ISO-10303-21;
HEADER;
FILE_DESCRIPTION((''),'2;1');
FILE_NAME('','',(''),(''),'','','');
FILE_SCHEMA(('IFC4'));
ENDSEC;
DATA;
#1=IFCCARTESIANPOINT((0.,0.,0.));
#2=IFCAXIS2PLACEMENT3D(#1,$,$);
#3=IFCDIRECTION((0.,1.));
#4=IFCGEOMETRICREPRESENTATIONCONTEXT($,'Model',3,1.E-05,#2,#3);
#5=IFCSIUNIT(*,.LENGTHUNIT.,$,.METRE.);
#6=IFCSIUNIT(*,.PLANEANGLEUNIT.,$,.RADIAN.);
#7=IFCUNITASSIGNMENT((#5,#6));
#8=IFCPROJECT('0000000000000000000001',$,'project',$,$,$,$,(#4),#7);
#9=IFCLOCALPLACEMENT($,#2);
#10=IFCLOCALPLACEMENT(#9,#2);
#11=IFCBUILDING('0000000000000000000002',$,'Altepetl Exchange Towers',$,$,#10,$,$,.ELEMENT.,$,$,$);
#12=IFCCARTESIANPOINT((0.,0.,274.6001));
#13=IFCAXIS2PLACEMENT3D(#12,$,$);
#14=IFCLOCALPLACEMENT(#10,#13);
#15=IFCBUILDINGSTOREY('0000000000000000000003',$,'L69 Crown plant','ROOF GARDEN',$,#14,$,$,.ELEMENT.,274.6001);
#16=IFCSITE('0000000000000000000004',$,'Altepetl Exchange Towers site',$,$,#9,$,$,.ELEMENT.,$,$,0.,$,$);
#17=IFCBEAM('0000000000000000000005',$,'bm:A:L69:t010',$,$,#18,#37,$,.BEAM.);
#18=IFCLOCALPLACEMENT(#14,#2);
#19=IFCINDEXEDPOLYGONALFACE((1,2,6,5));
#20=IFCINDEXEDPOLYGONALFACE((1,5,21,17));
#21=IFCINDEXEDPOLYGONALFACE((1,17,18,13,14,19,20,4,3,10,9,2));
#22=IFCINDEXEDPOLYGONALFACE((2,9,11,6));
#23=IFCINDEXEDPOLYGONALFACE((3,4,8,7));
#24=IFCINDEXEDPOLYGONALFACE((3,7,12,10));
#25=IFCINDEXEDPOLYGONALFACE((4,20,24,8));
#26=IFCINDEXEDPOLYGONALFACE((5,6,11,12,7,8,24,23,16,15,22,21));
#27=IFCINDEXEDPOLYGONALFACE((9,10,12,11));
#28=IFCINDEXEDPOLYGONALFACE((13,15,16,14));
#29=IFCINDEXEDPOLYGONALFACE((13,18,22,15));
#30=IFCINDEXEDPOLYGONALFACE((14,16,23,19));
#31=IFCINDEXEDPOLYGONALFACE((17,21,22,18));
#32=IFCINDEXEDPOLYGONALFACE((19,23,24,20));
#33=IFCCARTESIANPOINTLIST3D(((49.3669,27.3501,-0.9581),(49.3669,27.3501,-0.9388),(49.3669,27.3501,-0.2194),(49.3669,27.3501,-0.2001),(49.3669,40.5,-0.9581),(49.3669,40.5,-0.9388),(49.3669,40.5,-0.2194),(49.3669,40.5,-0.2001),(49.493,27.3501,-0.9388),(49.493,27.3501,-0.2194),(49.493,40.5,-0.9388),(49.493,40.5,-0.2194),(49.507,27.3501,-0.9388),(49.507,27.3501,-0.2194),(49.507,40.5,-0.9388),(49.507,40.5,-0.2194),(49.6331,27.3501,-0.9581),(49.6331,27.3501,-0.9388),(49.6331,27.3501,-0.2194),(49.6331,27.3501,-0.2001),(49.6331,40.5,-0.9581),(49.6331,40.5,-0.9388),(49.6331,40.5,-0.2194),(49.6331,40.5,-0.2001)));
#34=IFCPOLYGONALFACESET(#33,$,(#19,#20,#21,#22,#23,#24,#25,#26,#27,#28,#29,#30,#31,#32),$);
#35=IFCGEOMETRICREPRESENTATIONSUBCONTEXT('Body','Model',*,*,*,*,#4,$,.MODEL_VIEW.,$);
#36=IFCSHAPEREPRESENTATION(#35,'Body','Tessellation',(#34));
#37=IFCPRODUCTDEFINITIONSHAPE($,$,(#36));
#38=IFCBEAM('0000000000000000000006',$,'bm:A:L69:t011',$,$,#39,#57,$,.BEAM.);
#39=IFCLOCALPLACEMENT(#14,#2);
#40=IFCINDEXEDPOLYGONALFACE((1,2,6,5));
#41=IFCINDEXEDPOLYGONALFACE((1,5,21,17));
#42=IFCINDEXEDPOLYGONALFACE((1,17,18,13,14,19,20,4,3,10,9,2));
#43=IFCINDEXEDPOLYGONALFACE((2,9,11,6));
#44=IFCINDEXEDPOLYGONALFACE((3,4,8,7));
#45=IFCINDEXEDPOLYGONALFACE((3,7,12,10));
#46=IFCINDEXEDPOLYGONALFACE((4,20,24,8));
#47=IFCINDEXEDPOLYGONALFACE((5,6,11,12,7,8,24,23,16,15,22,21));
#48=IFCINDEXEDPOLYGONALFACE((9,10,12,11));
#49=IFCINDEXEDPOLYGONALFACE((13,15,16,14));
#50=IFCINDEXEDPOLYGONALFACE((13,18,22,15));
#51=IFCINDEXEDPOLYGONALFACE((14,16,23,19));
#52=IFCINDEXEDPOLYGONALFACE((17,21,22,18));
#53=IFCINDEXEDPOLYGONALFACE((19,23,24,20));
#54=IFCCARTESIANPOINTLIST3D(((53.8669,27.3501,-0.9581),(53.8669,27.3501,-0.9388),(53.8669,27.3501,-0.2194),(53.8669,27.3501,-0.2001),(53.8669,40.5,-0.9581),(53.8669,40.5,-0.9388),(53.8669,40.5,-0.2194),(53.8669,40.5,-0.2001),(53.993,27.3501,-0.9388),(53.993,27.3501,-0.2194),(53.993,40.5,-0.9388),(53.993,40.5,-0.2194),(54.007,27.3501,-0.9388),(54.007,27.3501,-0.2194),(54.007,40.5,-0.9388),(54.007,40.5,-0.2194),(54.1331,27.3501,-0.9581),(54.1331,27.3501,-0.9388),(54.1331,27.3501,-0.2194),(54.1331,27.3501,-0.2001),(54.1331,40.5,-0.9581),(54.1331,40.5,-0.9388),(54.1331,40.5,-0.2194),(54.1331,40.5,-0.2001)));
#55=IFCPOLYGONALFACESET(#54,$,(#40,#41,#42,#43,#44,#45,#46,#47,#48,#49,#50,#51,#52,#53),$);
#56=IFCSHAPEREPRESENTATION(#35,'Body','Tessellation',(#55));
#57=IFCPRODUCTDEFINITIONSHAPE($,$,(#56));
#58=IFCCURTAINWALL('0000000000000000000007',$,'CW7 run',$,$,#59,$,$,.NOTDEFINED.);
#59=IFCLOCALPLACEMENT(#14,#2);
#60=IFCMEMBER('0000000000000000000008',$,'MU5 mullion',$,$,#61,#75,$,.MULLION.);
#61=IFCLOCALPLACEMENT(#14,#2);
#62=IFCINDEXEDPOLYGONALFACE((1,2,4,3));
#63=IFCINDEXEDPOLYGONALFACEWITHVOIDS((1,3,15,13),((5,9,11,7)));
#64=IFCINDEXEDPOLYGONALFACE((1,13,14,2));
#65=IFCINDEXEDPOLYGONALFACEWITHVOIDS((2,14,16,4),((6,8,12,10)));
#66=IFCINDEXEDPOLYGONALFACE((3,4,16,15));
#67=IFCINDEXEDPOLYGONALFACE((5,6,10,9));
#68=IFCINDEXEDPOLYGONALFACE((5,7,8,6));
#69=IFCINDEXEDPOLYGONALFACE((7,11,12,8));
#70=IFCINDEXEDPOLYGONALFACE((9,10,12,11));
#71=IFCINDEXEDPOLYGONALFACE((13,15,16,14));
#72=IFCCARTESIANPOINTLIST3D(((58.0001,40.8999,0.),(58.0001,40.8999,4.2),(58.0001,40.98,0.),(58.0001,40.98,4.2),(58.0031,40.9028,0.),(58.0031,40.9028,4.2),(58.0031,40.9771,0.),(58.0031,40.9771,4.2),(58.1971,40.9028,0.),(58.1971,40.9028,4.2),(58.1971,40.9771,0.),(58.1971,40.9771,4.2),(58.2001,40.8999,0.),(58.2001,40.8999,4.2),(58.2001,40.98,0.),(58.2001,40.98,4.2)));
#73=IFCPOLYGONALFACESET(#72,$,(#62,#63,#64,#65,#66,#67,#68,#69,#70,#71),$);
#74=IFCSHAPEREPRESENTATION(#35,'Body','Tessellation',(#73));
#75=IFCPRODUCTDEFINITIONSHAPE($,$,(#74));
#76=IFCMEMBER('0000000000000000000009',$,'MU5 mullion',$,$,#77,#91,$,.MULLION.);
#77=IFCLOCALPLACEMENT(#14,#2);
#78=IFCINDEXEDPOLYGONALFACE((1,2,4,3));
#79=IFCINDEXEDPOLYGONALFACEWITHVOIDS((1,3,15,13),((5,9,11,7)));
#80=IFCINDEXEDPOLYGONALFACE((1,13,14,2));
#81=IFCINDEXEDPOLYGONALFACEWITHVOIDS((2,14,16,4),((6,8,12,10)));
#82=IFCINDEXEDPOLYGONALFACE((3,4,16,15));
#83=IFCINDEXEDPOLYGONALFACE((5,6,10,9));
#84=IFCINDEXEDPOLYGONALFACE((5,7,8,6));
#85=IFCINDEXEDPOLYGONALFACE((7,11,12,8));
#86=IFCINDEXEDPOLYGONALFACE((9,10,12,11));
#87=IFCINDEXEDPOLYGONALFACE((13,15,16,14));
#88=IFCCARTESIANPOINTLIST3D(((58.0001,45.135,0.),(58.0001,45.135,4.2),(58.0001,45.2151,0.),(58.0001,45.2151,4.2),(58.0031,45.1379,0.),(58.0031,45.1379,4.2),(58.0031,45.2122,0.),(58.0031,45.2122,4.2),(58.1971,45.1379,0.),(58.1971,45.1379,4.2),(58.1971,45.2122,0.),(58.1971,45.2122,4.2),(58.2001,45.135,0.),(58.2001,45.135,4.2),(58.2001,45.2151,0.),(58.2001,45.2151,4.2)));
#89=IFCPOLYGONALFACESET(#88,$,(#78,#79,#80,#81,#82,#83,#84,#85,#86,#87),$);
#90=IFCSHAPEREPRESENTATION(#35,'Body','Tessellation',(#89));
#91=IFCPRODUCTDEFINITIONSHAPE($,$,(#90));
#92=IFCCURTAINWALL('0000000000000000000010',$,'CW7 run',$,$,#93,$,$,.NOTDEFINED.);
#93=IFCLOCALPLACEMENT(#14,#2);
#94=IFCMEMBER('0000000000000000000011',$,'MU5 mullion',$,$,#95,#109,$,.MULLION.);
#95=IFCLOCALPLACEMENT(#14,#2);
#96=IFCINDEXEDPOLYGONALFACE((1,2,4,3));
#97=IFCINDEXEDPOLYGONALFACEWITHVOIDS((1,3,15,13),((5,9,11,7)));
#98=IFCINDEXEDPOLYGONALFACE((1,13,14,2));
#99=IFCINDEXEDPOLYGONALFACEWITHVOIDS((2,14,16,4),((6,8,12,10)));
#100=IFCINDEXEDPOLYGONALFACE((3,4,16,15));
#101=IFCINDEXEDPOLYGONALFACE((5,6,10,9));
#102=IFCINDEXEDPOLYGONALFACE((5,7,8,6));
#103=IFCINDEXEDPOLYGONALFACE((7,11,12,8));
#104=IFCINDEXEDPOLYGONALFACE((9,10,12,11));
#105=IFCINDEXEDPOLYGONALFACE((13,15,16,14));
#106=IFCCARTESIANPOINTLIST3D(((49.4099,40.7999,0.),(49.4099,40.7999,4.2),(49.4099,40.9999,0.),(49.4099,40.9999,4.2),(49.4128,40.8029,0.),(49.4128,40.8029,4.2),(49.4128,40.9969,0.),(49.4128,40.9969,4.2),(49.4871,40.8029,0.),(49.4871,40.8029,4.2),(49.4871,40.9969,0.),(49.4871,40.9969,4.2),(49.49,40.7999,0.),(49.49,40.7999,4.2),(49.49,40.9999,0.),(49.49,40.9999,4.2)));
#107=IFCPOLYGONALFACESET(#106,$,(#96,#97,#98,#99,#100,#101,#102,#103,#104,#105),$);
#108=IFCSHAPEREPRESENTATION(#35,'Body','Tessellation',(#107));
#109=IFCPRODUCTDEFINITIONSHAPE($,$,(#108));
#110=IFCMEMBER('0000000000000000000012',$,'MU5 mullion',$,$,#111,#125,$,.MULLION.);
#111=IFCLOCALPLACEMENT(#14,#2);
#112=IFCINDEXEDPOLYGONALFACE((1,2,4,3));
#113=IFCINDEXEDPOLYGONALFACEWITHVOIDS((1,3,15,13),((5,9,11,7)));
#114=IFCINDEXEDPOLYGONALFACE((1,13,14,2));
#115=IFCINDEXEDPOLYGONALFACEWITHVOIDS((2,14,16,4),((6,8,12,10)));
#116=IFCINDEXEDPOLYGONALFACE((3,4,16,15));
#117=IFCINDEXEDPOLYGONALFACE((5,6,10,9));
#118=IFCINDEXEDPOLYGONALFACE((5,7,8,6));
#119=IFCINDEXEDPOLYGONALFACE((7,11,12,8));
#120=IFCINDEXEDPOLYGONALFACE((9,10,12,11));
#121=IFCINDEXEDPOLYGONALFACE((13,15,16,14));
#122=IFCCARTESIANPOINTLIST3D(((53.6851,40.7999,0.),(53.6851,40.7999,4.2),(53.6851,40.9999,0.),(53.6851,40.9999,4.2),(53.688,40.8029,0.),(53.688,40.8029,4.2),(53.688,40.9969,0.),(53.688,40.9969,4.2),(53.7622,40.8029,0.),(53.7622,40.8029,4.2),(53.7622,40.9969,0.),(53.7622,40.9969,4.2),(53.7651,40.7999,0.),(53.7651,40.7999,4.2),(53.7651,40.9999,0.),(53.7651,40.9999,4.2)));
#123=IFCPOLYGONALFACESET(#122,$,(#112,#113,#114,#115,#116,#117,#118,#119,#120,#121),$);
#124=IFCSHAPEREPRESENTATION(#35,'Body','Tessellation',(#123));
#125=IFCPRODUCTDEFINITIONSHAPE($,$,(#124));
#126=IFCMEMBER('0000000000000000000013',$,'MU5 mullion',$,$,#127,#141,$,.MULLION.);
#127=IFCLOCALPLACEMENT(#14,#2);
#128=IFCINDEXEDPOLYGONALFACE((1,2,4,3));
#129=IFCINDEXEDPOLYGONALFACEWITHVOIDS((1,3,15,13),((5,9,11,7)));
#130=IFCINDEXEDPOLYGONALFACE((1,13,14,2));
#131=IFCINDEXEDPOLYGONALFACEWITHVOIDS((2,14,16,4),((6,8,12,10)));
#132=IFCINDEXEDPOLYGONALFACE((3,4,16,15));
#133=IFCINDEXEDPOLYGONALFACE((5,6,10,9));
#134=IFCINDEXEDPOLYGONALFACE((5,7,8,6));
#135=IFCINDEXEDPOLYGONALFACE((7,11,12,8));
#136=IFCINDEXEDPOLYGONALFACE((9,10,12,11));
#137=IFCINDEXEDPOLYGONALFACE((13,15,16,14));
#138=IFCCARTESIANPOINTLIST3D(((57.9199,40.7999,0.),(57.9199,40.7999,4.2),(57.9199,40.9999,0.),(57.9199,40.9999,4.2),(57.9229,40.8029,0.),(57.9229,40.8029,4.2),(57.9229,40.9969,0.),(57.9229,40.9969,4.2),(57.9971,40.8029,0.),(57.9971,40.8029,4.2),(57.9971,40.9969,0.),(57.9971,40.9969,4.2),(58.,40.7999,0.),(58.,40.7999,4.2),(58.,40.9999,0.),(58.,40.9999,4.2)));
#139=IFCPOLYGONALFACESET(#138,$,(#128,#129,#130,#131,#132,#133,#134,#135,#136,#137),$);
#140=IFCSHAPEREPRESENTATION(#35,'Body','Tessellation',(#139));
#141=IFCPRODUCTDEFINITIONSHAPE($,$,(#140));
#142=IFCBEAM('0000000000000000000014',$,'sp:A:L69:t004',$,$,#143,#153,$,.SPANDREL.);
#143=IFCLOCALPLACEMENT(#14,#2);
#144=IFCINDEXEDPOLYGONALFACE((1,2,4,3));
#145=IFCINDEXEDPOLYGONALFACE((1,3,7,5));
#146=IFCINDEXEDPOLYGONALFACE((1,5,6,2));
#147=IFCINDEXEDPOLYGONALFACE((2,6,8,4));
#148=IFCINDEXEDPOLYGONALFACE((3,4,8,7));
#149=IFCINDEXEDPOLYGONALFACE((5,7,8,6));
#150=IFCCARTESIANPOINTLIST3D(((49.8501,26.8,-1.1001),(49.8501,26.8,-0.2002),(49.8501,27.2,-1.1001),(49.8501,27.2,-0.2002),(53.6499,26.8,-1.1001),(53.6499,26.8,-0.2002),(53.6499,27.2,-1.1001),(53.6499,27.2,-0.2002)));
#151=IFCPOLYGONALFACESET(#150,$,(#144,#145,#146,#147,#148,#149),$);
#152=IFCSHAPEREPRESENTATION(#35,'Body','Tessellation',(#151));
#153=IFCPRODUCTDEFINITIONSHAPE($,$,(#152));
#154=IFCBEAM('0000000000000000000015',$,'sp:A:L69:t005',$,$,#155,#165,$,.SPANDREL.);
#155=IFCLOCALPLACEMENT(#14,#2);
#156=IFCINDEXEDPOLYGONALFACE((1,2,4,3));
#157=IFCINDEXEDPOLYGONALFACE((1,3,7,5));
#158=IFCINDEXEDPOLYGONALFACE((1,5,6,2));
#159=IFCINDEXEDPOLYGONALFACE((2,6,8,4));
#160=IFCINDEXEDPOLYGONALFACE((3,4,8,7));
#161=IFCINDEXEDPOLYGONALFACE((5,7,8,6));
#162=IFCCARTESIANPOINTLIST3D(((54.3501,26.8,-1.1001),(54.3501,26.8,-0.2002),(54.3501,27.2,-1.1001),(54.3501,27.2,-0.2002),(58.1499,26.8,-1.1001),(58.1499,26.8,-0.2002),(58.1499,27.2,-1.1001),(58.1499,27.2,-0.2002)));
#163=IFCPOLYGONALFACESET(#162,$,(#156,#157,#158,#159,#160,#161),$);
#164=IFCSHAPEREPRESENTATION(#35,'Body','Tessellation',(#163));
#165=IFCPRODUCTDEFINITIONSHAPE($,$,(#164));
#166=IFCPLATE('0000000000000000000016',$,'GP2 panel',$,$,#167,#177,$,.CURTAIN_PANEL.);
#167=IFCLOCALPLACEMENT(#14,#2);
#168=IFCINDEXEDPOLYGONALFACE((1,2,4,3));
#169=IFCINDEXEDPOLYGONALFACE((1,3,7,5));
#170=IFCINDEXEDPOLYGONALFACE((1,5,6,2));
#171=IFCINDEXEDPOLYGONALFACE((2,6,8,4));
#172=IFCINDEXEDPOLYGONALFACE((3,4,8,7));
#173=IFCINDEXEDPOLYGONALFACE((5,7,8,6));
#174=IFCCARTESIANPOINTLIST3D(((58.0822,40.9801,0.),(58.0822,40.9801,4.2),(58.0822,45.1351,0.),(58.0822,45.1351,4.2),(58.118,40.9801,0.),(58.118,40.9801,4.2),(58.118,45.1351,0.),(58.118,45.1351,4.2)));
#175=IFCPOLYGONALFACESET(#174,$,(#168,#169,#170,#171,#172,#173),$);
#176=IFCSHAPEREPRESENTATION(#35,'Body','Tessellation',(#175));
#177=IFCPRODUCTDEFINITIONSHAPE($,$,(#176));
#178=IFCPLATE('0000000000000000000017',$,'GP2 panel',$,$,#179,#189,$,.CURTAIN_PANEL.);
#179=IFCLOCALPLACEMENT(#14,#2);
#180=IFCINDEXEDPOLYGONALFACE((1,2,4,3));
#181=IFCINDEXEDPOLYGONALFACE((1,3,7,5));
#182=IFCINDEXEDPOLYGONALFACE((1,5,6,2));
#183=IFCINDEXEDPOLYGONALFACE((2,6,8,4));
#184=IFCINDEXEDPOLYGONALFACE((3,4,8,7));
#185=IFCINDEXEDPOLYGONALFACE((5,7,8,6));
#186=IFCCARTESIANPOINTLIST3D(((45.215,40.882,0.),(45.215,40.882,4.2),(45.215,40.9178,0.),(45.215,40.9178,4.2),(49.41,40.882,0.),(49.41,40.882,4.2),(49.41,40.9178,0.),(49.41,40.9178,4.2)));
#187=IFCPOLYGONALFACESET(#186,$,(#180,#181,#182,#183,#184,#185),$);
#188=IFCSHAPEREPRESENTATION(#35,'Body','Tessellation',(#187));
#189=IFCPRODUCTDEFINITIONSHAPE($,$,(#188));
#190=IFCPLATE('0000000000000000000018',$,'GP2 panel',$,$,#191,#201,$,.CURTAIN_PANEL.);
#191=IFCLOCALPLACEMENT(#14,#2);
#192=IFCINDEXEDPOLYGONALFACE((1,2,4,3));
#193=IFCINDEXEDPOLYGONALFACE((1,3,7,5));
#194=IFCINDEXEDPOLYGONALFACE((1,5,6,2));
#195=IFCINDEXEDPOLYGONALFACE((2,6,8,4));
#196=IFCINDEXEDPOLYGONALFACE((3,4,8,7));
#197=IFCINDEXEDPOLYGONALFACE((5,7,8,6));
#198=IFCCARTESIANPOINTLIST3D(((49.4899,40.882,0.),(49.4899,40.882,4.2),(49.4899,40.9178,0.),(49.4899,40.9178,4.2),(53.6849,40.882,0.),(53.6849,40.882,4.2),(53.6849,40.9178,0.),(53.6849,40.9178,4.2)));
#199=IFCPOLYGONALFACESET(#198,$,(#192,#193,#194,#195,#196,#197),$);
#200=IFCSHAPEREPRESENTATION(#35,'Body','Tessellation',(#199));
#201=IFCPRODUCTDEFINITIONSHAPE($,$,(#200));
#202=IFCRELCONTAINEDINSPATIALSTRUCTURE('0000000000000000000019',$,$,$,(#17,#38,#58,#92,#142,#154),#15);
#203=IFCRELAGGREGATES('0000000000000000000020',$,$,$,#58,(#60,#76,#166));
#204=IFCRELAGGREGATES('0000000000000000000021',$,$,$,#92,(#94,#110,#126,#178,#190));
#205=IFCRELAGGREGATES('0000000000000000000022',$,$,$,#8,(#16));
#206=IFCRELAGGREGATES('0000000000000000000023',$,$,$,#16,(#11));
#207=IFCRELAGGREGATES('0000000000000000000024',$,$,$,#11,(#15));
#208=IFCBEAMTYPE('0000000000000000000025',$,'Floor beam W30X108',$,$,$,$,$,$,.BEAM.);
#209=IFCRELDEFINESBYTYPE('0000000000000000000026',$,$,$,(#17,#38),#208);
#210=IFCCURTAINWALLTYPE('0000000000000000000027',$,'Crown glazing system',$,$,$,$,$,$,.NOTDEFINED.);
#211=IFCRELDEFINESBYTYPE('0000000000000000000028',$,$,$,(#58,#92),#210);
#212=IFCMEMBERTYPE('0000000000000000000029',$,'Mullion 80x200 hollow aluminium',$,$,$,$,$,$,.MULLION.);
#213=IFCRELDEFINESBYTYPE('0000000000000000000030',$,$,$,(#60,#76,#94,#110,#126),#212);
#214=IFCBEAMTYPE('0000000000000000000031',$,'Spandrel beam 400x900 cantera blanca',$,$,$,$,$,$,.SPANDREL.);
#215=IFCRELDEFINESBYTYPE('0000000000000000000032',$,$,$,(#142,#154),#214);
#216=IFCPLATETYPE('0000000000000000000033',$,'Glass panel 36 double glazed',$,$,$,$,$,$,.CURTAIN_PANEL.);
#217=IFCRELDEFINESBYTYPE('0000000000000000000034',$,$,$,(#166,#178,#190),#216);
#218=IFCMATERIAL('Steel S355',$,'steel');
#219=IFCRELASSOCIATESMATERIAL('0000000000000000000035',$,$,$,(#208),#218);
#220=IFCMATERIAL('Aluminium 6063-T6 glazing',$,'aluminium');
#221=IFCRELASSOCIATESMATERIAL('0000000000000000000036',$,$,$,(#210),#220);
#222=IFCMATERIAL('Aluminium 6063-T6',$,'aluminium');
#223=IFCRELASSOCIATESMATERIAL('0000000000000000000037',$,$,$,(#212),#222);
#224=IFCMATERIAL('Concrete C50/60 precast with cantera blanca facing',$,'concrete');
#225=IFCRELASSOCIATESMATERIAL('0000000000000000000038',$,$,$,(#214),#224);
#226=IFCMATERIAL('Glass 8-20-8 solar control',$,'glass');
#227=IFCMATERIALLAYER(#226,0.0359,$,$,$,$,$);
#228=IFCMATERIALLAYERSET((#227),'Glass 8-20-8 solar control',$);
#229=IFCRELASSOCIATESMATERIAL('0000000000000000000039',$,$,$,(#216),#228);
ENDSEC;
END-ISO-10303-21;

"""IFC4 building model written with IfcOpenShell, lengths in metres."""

from ifc_helpers import new_model, si_unit, direction, frame, origin, origin_2d, place, context, subcontext, project, spatial, rectangle, hollow_rectangle, i_section, extrude, material, layer, layer_set, material_profile, profile_set, type_object, element, aggregate, save


model = new_model("IFC4")

# Units and contexts
model_context = context("Model", 3, precision=1e-05, world=origin(), true_north=direction((0.0, 1.0)))
body_context = subcontext(model_context, "Body", "Model", "MODEL_VIEW")
ifc_project = project(units=[si_unit("LENGTHUNIT", "METRE"), si_unit("PLANEANGLEUNIT", "RADIAN")], contexts=[model_context])

# Site, building, storey
site_placement = place(None, origin())
site = spatial("IfcSite", under=ifc_project, at=site_placement, Name="Altepetl Exchange Towers site", CompositionType="ELEMENT", RefElevation=0.0)
building_placement = place(site_placement, origin())
building = spatial("IfcBuilding", under=site, at=building_placement, Name="Altepetl Exchange Towers", CompositionType="ELEMENT")
storey_placement = place(building_placement, frame((0.0, 0.0, 274.6001)))
storey = spatial("IfcBuildingStorey", under=building, at=storey_placement, Name="L69 Crown plant", Description="ROOF GARDEN", CompositionType="ELEMENT", Elevation=274.6001)

# Beams
ifc_material_1 = material(Name="Steel S355", Category="steel")
ifc_material_profile_1 = material_profile(ifc_material_1, i_section(OverallWidth=0.2661, OverallDepth=0.7581, WebThickness=0.0139, FlangeThickness=0.0193, at=origin_2d()), Name="W30X108")
ifc_profile_set_1 = profile_set([ifc_material_profile_1], Name="Steel S355")
beam_type_1 = type_object("IfcBeamType", Name="Floor beam W30X108", PredefinedType="BEAM", material=ifc_profile_set_1)
for number, where, z_axis, x_axis, name in (
    (1, (49.5, 27.3501, -0.5791), (0.0, 1.0, 0.0), (-1.0, 0.0, 0.0), "bm:A:L69:t010"),
    (2, (54.0, 27.3501, -0.5791), (0.0, 1.0, 0.0), (-1.0, 0.0, 0.0), "bm:A:L69:t011"),
):
    element("IfcBeam", number, at=place(storey_placement, frame(where, z_axis=z_axis, x_axis=x_axis)), inside=storey, type_object=beam_type_1, Name=name, PredefinedType="BEAM", context=body_context, shape_type="SweptSolid", body=[
        extrude(i_section(OverallWidth=0.2661, OverallDepth=0.7581, WebThickness=0.0139, FlangeThickness=0.0193, at=origin_2d()), origin(), (0.0, 0.0, 1.0), 13.1499),
    ])

# Curtain walls, members
ifc_material_2 = material(Name="Aluminium 6063-T6 glazing", Category="aluminium")
curtain_wall_type = type_object("IfcCurtainWallType", Name="Crown glazing system", PredefinedType="NOTDEFINED", material=ifc_material_2)
curtain_wall_1_placement = place(storey_placement, origin())
curtain_wall_1 = element("IfcCurtainWall", 3, at=curtain_wall_1_placement, inside=storey, type_object=curtain_wall_type, Name="CW7 run", PredefinedType="NOTDEFINED")
ifc_material_3 = material(Name="Aluminium 6063-T6", Category="aluminium")
ifc_material_profile_2 = material_profile(ifc_material_3, hollow_rectangle(XDim=0.0801, YDim=0.2, WallThickness=0.0029, at=origin_2d()), Name="Mullion 80x200 hollow aluminium")
ifc_profile_set_2 = profile_set([ifc_material_profile_2], Name="Aluminium 6063-T6")
member_type = type_object("IfcMemberType", Name="Mullion 80x200 hollow aluminium", PredefinedType="MULLION", material=ifc_profile_set_2)
member_1_placement = place(storey_placement, frame((58.1001, 40.9399, 0.0), z_axis=(0.0, 0.0, 1.0), x_axis=(0.0, 1.0, 0.0)))
member_1 = element("IfcMember", 4, at=member_1_placement, type_object=member_type, Name="MU5 mullion", PredefinedType="MULLION", context=body_context, shape_type="SweptSolid", body=[
    extrude(hollow_rectangle(XDim=0.0801, YDim=0.2, WallThickness=0.0029, at=origin_2d()), origin(), (0.0, 0.0, 1.0), 4.2),
])
member_2_placement = place(storey_placement, frame((58.1001, 45.175, 0.0), z_axis=(0.0, 0.0, 1.0), x_axis=(0.0, 1.0, 0.0)))
member_2 = element("IfcMember", 5, at=member_2_placement, type_object=member_type, Name="MU5 mullion", PredefinedType="MULLION", context=body_context, shape_type="SweptSolid", body=[
    extrude(hollow_rectangle(XDim=0.0801, YDim=0.2, WallThickness=0.0029, at=origin_2d()), origin(), (0.0, 0.0, 1.0), 4.2),
])
curtain_wall_2_placement = place(storey_placement, origin())
curtain_wall_2 = element("IfcCurtainWall", 6, at=curtain_wall_2_placement, inside=storey, type_object=curtain_wall_type, Name="CW7 run", PredefinedType="NOTDEFINED")
member_3_placement = place(storey_placement, frame((49.45, 40.8999, 0.0)))
member_3 = element("IfcMember", 7, at=member_3_placement, type_object=member_type, Name="MU5 mullion", PredefinedType="MULLION", context=body_context, shape_type="SweptSolid", body=[
    extrude(hollow_rectangle(XDim=0.0801, YDim=0.2, WallThickness=0.0029, at=origin_2d()), origin(), (0.0, 0.0, 1.0), 4.2),
])
member_4_placement = place(storey_placement, frame((53.7251, 40.8999, 0.0)))
member_4 = element("IfcMember", 8, at=member_4_placement, type_object=member_type, Name="MU5 mullion", PredefinedType="MULLION", context=body_context, shape_type="SweptSolid", body=[
    extrude(hollow_rectangle(XDim=0.0801, YDim=0.2, WallThickness=0.0029, at=origin_2d()), origin(), (0.0, 0.0, 1.0), 4.2),
])
member_5_placement = place(storey_placement, frame((57.96, 40.8999, 0.0)))
member_5 = element("IfcMember", 9, at=member_5_placement, type_object=member_type, Name="MU5 mullion", PredefinedType="MULLION", context=body_context, shape_type="SweptSolid", body=[
    extrude(hollow_rectangle(XDim=0.0801, YDim=0.2, WallThickness=0.0029, at=origin_2d()), origin(), (0.0, 0.0, 1.0), 4.2),
])

# Beams
ifc_material_4 = material(Name="Concrete C50/60 precast with cantera blanca facing", Category="concrete")
ifc_material_profile_3 = material_profile(ifc_material_4, rectangle(XDim=0.3999, YDim=0.8999, at=origin_2d()), Name="400 x 900")
ifc_profile_set_3 = profile_set([ifc_material_profile_3], Name="Concrete C50/60 precast with cantera blanca facing")
beam_type_2 = type_object("IfcBeamType", Name="Spandrel beam 400x900 cantera blanca", PredefinedType="SPANDREL", material=ifc_profile_set_3)
for number, where, z_axis, x_axis, name in (
    (10, (49.8501, 27.0, -0.6501), (1.0, 0.0, 0.0), (0.0, 1.0, 0.0), "sp:A:L69:t004"),
    (11, (54.3501, 27.0, -0.6501), (1.0, 0.0, 0.0), (0.0, 1.0, 0.0), "sp:A:L69:t005"),
):
    element("IfcBeam", number, at=place(storey_placement, frame(where, z_axis=z_axis, x_axis=x_axis)), inside=storey, type_object=beam_type_2, Name=name, PredefinedType="SPANDREL", context=body_context, shape_type="SweptSolid", body=[
        extrude(rectangle(XDim=0.3999, YDim=0.8999, at=origin_2d()), origin(), (0.0, 0.0, 1.0), 3.7998),
    ])

# Plates
ifc_material_5 = material(Name="Glass 8-20-8 solar control", Category="glass")
ifc_layer_1 = layer(ifc_material_5, 0.0359)
ifc_layer_set_1 = layer_set([ifc_layer_1], Name="Glass 8-20-8 solar control")
plate_type = type_object("IfcPlateType", Name="Glass panel 36 double glazed", PredefinedType="CURTAIN_PANEL", material=ifc_layer_set_1)
plate_1_placement = place(storey_placement, frame((58.1001, 43.0576, 0.0), z_axis=(0.0, 0.0, 1.0), x_axis=(0.0, 1.0, 0.0)))
plate_1 = element("IfcPlate", 12, at=plate_1_placement, type_object=plate_type, Name="GP2 panel", PredefinedType="CURTAIN_PANEL", context=body_context, shape_type="SweptSolid", body=[
    extrude(rectangle(XDim=4.155, YDim=0.0359, at=origin_2d()), origin(), (0.0, 0.0, 1.0), 4.2),
])
aggregate(curtain_wall_1, [member_1, member_2, plate_1])
plate_2_placement = place(storey_placement, frame((47.3125, 40.8999, 0.0)))
plate_2 = element("IfcPlate", 13, at=plate_2_placement, type_object=plate_type, Name="GP2 panel", PredefinedType="CURTAIN_PANEL", context=body_context, shape_type="SweptSolid", body=[
    extrude(rectangle(XDim=4.1951, YDim=0.0359, at=origin_2d()), origin(), (0.0, 0.0, 1.0), 4.2),
])
plate_3_placement = place(storey_placement, frame((51.5874, 40.8999, 0.0)))
plate_3 = element("IfcPlate", 14, at=plate_3_placement, type_object=plate_type, Name="GP2 panel", PredefinedType="CURTAIN_PANEL", context=body_context, shape_type="SweptSolid", body=[
    extrude(rectangle(XDim=4.1951, YDim=0.0359, at=origin_2d()), origin(), (0.0, 0.0, 1.0), 4.2),
])
aggregate(curtain_wall_2, [member_3, member_4, member_5, plate_2, plate_3])

save(model, "model.ifc")
